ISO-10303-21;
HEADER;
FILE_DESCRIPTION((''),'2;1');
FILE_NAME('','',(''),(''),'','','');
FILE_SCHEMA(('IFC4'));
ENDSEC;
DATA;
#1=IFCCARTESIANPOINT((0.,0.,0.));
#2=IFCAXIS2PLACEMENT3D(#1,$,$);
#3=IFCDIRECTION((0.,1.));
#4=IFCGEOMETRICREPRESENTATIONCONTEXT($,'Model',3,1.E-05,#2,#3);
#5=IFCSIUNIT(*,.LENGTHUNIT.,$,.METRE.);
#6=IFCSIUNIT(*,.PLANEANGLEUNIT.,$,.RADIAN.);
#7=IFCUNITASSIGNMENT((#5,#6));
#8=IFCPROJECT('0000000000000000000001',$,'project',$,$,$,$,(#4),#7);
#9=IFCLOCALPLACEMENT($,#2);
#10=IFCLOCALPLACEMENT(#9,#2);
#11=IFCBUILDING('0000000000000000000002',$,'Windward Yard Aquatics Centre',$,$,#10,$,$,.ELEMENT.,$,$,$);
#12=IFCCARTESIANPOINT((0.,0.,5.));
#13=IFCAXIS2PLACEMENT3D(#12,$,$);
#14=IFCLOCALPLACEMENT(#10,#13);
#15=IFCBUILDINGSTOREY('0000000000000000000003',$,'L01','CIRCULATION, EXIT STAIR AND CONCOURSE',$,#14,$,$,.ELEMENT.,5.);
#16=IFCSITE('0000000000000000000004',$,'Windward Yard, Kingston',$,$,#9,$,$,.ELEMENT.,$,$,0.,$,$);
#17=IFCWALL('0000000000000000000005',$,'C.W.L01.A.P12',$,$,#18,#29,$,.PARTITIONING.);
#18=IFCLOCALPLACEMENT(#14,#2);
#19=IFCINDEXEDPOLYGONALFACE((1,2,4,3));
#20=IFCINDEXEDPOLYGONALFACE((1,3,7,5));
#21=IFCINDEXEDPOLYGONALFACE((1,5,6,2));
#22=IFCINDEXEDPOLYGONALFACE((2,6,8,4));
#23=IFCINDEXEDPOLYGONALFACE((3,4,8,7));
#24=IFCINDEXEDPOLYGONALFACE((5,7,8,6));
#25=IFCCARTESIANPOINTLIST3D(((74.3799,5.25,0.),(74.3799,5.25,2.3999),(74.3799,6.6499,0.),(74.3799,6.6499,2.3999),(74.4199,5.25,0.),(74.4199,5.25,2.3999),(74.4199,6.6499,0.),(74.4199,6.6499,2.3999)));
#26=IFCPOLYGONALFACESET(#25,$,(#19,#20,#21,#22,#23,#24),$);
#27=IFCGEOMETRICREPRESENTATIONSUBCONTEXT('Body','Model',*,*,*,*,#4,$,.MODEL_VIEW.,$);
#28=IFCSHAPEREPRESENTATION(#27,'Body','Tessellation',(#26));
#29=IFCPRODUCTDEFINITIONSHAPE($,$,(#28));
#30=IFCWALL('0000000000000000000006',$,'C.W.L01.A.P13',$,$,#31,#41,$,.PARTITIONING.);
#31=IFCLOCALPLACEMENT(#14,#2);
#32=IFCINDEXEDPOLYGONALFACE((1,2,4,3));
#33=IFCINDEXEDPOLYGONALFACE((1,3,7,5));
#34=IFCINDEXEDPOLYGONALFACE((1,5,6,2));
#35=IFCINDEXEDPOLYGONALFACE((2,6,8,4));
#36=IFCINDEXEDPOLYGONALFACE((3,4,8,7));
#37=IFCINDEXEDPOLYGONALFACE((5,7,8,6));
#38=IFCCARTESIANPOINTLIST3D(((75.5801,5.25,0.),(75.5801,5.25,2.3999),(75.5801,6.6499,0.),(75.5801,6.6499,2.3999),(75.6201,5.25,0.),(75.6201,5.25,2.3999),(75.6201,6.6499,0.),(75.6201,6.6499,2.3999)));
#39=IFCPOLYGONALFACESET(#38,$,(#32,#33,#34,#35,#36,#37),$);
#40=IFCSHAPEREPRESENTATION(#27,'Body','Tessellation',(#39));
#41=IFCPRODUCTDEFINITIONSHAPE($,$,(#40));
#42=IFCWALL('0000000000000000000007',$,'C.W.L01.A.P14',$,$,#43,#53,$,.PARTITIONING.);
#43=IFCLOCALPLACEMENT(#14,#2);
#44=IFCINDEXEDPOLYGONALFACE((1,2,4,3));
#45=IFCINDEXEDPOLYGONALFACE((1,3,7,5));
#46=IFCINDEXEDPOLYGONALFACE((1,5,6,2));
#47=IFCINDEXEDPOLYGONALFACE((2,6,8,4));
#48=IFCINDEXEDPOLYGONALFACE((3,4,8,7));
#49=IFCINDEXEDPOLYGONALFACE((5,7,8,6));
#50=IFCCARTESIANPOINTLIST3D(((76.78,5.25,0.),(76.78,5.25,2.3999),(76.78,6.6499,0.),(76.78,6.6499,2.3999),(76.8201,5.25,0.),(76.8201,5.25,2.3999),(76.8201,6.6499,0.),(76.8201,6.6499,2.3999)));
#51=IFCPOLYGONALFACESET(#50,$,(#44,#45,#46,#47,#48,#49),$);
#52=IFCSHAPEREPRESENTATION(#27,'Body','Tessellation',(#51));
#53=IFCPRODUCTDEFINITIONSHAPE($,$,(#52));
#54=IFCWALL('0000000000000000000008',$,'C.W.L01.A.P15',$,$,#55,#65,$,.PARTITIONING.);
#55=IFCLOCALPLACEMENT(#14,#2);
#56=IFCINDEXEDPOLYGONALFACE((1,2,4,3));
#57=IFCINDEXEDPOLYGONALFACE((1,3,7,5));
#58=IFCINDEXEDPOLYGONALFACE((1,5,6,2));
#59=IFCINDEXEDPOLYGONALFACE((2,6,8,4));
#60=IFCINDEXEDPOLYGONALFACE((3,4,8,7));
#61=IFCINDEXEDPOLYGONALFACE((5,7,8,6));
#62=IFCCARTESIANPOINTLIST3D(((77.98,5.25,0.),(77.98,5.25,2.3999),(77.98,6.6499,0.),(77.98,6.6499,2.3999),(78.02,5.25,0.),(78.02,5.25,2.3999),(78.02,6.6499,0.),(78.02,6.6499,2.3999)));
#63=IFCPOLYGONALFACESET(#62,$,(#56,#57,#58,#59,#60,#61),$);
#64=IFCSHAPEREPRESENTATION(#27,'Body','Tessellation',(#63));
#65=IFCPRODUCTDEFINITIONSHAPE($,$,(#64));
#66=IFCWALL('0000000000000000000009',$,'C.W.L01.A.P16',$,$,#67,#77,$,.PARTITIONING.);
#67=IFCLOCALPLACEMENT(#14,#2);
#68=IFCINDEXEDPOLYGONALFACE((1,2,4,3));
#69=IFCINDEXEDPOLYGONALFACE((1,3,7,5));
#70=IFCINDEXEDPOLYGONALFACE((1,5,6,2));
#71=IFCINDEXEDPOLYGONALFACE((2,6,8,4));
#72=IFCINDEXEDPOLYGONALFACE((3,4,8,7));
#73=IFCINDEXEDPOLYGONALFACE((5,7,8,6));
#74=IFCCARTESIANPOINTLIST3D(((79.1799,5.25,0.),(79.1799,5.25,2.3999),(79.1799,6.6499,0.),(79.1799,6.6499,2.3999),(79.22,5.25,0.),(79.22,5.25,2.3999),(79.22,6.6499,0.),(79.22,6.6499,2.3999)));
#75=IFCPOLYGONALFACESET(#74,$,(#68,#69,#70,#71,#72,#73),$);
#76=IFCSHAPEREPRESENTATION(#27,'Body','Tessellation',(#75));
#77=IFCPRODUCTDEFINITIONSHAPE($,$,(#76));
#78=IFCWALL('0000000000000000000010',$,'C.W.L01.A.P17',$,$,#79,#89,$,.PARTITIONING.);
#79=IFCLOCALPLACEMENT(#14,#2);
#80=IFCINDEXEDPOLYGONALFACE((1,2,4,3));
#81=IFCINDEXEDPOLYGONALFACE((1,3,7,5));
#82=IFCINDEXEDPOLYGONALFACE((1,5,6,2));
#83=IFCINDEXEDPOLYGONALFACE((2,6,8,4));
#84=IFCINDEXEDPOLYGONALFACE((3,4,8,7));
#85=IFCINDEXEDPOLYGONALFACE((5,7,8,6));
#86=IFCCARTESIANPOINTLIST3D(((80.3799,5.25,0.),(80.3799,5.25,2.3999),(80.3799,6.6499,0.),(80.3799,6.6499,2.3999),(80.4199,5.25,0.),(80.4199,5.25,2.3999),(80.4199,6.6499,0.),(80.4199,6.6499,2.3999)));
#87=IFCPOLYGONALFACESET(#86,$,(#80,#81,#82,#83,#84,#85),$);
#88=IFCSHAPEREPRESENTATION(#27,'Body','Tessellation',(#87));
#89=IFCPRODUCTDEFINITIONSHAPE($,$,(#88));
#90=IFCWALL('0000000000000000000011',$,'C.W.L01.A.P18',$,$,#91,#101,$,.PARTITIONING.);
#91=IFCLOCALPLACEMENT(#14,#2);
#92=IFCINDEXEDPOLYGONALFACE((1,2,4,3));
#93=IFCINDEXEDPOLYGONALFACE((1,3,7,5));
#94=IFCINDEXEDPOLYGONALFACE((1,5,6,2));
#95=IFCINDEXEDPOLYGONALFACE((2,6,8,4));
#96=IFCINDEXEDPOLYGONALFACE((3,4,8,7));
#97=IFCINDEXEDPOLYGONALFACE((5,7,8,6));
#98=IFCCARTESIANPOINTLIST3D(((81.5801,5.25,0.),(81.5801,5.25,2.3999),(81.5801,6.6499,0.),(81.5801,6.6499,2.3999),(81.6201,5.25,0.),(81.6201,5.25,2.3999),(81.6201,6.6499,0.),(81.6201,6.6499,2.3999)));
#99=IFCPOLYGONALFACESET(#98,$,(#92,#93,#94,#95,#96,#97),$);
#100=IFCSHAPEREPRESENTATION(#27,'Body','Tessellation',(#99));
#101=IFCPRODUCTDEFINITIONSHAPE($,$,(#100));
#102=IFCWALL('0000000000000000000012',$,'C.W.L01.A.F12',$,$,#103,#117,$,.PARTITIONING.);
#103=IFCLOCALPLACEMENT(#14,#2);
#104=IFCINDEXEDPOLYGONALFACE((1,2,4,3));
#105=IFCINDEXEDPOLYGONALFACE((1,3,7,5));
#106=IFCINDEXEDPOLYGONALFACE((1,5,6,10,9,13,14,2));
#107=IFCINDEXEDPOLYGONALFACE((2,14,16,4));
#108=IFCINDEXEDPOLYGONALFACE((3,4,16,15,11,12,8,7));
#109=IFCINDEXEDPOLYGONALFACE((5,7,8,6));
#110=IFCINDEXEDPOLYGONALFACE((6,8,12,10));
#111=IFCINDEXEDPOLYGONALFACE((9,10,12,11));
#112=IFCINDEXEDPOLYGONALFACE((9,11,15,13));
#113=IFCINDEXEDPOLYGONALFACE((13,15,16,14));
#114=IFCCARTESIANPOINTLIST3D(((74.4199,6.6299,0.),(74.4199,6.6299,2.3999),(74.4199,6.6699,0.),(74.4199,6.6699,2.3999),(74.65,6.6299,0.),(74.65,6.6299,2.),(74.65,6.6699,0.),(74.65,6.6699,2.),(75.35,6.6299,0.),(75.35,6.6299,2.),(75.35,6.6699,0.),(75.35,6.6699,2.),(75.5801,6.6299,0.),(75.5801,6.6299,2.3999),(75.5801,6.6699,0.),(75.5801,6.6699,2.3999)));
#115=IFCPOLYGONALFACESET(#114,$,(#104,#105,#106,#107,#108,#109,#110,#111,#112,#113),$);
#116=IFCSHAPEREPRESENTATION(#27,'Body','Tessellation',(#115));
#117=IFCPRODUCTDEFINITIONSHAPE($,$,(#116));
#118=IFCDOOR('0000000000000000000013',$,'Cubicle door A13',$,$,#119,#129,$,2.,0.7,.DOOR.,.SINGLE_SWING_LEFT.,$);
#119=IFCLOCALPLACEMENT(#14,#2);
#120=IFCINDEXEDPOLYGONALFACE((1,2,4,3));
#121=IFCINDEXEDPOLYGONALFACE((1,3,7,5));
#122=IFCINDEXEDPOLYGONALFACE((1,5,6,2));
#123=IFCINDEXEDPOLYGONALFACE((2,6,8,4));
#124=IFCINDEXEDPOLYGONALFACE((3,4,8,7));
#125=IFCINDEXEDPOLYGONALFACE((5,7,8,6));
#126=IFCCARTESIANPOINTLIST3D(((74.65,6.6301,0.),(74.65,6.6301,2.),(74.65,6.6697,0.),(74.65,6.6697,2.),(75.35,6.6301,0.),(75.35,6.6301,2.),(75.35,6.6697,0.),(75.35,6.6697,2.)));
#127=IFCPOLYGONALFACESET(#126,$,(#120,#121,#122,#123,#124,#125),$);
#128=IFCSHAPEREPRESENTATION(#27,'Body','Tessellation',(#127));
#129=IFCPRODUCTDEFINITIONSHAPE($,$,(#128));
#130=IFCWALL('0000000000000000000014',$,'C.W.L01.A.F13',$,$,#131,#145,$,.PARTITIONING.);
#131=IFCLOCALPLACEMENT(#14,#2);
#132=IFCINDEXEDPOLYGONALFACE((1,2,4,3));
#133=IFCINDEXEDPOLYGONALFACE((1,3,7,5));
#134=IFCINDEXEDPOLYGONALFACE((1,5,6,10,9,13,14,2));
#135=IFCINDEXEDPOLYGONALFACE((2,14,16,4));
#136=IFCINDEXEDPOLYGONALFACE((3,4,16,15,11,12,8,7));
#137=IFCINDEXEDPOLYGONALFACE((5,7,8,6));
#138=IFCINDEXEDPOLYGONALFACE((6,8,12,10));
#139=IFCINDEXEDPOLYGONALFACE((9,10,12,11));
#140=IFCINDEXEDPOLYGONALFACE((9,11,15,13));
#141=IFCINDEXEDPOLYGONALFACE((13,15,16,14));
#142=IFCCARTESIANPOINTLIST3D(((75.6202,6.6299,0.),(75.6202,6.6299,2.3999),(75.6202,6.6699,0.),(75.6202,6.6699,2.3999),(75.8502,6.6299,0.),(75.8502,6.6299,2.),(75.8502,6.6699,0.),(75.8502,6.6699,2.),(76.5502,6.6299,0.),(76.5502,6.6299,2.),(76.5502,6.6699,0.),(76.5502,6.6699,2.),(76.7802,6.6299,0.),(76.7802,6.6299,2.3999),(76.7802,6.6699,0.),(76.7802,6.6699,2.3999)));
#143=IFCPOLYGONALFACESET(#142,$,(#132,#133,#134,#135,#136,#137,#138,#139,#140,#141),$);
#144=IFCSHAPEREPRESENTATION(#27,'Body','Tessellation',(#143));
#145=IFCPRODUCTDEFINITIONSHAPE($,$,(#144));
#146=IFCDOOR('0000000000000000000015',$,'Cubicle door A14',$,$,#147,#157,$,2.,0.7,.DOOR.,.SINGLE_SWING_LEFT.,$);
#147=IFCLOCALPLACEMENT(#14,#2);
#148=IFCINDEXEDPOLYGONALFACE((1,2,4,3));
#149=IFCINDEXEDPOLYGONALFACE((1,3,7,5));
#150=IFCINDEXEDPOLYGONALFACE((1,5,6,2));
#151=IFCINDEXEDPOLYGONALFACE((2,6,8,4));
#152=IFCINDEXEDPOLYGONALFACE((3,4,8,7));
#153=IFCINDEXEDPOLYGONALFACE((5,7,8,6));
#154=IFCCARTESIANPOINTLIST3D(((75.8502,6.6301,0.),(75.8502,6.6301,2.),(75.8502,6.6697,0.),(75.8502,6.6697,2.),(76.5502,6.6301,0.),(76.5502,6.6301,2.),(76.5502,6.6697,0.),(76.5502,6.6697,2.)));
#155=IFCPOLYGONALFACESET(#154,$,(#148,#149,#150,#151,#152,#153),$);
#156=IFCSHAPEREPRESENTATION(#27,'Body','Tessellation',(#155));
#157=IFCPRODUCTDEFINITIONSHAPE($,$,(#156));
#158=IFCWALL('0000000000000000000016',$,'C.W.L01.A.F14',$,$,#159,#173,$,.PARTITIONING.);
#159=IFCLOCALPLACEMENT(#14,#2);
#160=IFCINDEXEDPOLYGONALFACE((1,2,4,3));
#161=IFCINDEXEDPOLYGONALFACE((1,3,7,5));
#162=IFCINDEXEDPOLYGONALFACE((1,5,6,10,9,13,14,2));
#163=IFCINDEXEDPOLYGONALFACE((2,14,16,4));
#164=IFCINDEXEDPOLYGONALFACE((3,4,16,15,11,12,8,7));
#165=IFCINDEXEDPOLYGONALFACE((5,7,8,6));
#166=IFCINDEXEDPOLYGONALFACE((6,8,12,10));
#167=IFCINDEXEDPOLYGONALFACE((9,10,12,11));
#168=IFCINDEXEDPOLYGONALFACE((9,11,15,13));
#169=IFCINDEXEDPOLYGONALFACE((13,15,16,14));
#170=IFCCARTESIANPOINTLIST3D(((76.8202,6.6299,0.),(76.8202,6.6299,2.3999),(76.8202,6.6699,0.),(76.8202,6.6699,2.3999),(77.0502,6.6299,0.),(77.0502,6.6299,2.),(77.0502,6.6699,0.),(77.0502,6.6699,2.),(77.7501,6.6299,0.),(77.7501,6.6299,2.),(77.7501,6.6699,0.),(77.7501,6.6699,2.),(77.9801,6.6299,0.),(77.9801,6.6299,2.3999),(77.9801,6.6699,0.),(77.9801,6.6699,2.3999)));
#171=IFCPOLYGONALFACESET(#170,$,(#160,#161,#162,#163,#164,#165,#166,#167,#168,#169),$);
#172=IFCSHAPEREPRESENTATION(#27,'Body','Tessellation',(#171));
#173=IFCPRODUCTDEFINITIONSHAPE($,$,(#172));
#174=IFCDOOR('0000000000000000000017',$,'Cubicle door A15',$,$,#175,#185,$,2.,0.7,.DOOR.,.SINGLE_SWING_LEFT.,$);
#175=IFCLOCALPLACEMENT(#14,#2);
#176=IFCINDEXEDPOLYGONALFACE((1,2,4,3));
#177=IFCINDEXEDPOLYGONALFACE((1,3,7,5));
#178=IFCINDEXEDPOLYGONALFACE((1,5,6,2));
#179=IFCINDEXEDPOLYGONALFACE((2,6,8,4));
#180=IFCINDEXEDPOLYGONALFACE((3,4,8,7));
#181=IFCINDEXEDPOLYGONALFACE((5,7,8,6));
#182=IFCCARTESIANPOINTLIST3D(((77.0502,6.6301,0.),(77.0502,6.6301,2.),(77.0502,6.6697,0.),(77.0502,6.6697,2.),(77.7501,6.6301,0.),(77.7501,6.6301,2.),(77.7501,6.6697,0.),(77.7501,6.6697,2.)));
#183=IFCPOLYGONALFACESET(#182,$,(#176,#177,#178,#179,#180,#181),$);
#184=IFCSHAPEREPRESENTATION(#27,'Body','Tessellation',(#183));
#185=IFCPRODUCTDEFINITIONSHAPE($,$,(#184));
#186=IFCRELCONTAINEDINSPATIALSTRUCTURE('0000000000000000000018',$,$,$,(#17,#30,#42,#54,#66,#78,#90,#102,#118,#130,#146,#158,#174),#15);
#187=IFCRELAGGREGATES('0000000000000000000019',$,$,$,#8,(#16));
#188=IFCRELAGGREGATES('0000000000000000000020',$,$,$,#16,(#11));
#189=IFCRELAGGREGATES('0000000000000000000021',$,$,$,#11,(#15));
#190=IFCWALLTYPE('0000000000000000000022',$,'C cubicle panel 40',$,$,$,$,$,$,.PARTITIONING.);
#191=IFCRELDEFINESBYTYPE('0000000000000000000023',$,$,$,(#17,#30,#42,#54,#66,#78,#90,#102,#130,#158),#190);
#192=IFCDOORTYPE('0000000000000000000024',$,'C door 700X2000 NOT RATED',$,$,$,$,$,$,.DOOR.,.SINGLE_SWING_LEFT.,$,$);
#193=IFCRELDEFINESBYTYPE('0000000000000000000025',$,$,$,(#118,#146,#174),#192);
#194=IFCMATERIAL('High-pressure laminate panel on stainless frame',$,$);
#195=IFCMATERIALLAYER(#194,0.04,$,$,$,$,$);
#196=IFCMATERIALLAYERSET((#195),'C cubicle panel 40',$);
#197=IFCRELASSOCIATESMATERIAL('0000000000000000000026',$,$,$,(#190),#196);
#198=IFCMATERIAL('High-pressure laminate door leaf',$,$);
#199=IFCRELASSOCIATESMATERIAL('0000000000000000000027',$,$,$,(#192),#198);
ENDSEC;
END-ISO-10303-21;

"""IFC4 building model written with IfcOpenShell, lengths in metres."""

from ifc_helpers import new_model, si_unit, direction, frame, frame_2d, origin, place, context, subcontext, project, spatial, rectangle, extrude, material, layer, layer_set, type_object, element, fill, save


model = new_model("IFC4")

# Units and contexts
model_context = context("Model", 3, precision=1e-05, world=origin(), true_north=direction((0.0, 1.0)))
body_context = subcontext(model_context, "Body", "Model", "MODEL_VIEW")
ifc_project = project(units=[si_unit("LENGTHUNIT", "METRE"), si_unit("PLANEANGLEUNIT", "RADIAN")], contexts=[model_context])

# Site, building, storey
site_placement = place(None, origin())
site = spatial("IfcSite", under=ifc_project, at=site_placement, Name="Windward Yard, Kingston", CompositionType="ELEMENT", RefElevation=0.0)
building_placement = place(site_placement, origin())
building = spatial("IfcBuilding", under=site, at=building_placement, Name="Windward Yard Aquatics Centre", CompositionType="ELEMENT")
storey_placement = place(building_placement, frame((0.0, 0.0, 5.0)))
storey = spatial("IfcBuildingStorey", under=building, at=storey_placement, Name="L01", Description="CIRCULATION, EXIT STAIR AND CONCOURSE", CompositionType="ELEMENT", Elevation=5.0)

# Walls
ifc_material_1 = material(Name="High-pressure laminate panel on stainless frame")
ifc_layer = layer(ifc_material_1, 0.04)
ifc_layer_set = layer_set([ifc_layer], Name="C cubicle panel 40")
wall_type = type_object("IfcWallType", Name="C cubicle panel 40", PredefinedType="PARTITIONING", material=ifc_layer_set)
for number, where, z_axis, x_axis, name in (
    (1, (74.3999, 5.25, 0.0), (0.0, 0.0, 1.0), (0.0, 1.0, 0.0), "C.W.L01.A.P12"),
    (2, (75.6001, 5.25, 0.0), (0.0, 0.0, 1.0), (0.0, 1.0, 0.0), "C.W.L01.A.P13"),
    (3, (76.8, 5.25, 0.0), (0.0, 0.0, 1.0), (0.0, 1.0, 0.0), "C.W.L01.A.P14"),
    (4, (78.0, 5.25, 0.0), (0.0, 0.0, 1.0), (0.0, 1.0, 0.0), "C.W.L01.A.P15"),
    (5, (79.2, 5.25, 0.0), (0.0, 0.0, 1.0), (0.0, 1.0, 0.0), "C.W.L01.A.P16"),
    (6, (80.3999, 5.25, 0.0), (0.0, 0.0, 1.0), (0.0, 1.0, 0.0), "C.W.L01.A.P17"),
    (7, (81.6001, 5.25, 0.0), (0.0, 0.0, 1.0), (0.0, 1.0, 0.0), "C.W.L01.A.P18"),
):
    element("IfcWall", number, at=place(storey_placement, frame(where, z_axis=z_axis, x_axis=x_axis)), inside=storey, type_object=wall_type, Name=name, PredefinedType="PARTITIONING", context=body_context, shape_type="SweptSolid", body=[
        extrude(rectangle(XDim=1.3999, YDim=0.04, at=frame_2d((0.7, 0.0))), origin(), (0.0, 0.0, 1.0), 2.3999),
    ])

# Walls, openings, doors
wall_1_placement = place(storey_placement, frame((74.4199, 6.6499, 0.0), z_axis=(0.0, 0.0, 1.0), x_axis=(1.0, 0.0, 0.0)))
wall_1 = element("IfcWall", 8, at=wall_1_placement, inside=storey, type_object=wall_type, Name="C.W.L01.A.F12", PredefinedType="PARTITIONING", context=body_context, shape_type="SweptSolid", body=[
    extrude(rectangle(XDim=1.1602, YDim=0.04, at=frame_2d((0.5801, 0.0))), origin(), (0.0, 0.0, 1.0), 2.3999),
])
opening_1_placement = place(wall_1_placement, frame((0.23, 0.0, 0.0)))
opening_1 = element("IfcOpeningElement", 9, at=opening_1_placement, cuts=wall_1, PredefinedType="OPENING", context=body_context, shape_type="SweptSolid", body=[
    extrude(rectangle(XDim=0.7, YDim=2.0, at=frame_2d((0.3501, 1.0))), frame((0.0, 0.03, 0.0), z_axis=(0.0, -1.0, 0.0), x_axis=(1.0, 0.0, 0.0)), (0.0, 0.0, 1.0), 0.0601),
])
ifc_material_2 = material(Name="High-pressure laminate door leaf")
door_type = type_object("IfcDoorType", Name="C door 700X2000 NOT RATED", OperationType="SINGLE_SWING_LEFT", PredefinedType="DOOR", material=ifc_material_2)
door_1_placement = place(opening_1_placement, origin())
door_1 = element("IfcDoor", 10, at=door_1_placement, inside=storey, type_object=door_type, Name="Cubicle door A13", OperationType="SINGLE_SWING_LEFT", OverallHeight=2.0, OverallWidth=0.7, PredefinedType="DOOR", context=body_context, shape_type="SweptSolid", body=[
    extrude(rectangle(XDim=0.7, YDim=2.0, at=frame_2d((0.3501, 1.0))), frame((0.0, 0.0198, 0.0), z_axis=(0.0, -1.0, 0.0), x_axis=(1.0, 0.0, 0.0)), (0.0, 0.0, 1.0), 0.0396),
])
fill(opening_1, door_1)
wall_2_placement = place(storey_placement, frame((75.6201, 6.6499, 0.0), z_axis=(0.0, 0.0, 1.0), x_axis=(1.0, 0.0, 0.0)))
wall_2 = element("IfcWall", 11, at=wall_2_placement, inside=storey, type_object=wall_type, Name="C.W.L01.A.F13", PredefinedType="PARTITIONING", context=body_context, shape_type="SweptSolid", body=[
    extrude(rectangle(XDim=1.1599, YDim=0.04, at=frame_2d((0.5801, 0.0))), origin(), (0.0, 0.0, 1.0), 2.3999),
])
opening_2_placement = place(wall_2_placement, frame((0.23, 0.0, 0.0)))
opening_2 = element("IfcOpeningElement", 12, at=opening_2_placement, cuts=wall_2, PredefinedType="OPENING", context=body_context, shape_type="SweptSolid", body=[
    extrude(rectangle(XDim=0.7, YDim=2.0, at=frame_2d((0.3501, 1.0))), frame((0.0, 0.03, 0.0), z_axis=(0.0, -1.0, 0.0), x_axis=(1.0, 0.0, 0.0)), (0.0, 0.0, 1.0), 0.0601),
])
door_2_placement = place(opening_2_placement, origin())
door_2 = element("IfcDoor", 13, at=door_2_placement, inside=storey, type_object=door_type, Name="Cubicle door A14", OperationType="SINGLE_SWING_LEFT", OverallHeight=2.0, OverallWidth=0.7, PredefinedType="DOOR", context=body_context, shape_type="SweptSolid", body=[
    extrude(rectangle(XDim=0.7, YDim=2.0, at=frame_2d((0.3501, 1.0))), frame((0.0, 0.0198, 0.0), z_axis=(0.0, -1.0, 0.0), x_axis=(1.0, 0.0, 0.0)), (0.0, 0.0, 1.0), 0.0396),
])
fill(opening_2, door_2)
wall_3_placement = place(storey_placement, frame((76.8201, 6.6499, 0.0), z_axis=(0.0, 0.0, 1.0), x_axis=(1.0, 0.0, 0.0)))
wall_3 = element("IfcWall", 14, at=wall_3_placement, inside=storey, type_object=wall_type, Name="C.W.L01.A.F14", PredefinedType="PARTITIONING", context=body_context, shape_type="SweptSolid", body=[
    extrude(rectangle(XDim=1.1599, YDim=0.04, at=frame_2d((0.5801, 0.0))), origin(), (0.0, 0.0, 1.0), 2.3999),
])
opening_3_placement = place(wall_3_placement, frame((0.23, 0.0, 0.0)))
opening_3 = element("IfcOpeningElement", 15, at=opening_3_placement, cuts=wall_3, PredefinedType="OPENING", context=body_context, shape_type="SweptSolid", body=[
    extrude(rectangle(XDim=0.7, YDim=2.0, at=frame_2d((0.3501, 1.0))), frame((0.0, 0.03, 0.0), z_axis=(0.0, -1.0, 0.0), x_axis=(1.0, 0.0, 0.0)), (0.0, 0.0, 1.0), 0.0601),
])
door_3_placement = place(opening_3_placement, origin())
door_3 = element("IfcDoor", 16, at=door_3_placement, inside=storey, type_object=door_type, Name="Cubicle door A15", OperationType="SINGLE_SWING_LEFT", OverallHeight=2.0, OverallWidth=0.7, PredefinedType="DOOR", context=body_context, shape_type="SweptSolid", body=[
    extrude(rectangle(XDim=0.7, YDim=2.0, at=frame_2d((0.3501, 1.0))), frame((0.0, 0.0198, 0.0), z_axis=(0.0, -1.0, 0.0), x_axis=(1.0, 0.0, 0.0)), (0.0, 0.0, 1.0), 0.0396),
])
fill(opening_3, door_3)

save(model, "model.ifc")
